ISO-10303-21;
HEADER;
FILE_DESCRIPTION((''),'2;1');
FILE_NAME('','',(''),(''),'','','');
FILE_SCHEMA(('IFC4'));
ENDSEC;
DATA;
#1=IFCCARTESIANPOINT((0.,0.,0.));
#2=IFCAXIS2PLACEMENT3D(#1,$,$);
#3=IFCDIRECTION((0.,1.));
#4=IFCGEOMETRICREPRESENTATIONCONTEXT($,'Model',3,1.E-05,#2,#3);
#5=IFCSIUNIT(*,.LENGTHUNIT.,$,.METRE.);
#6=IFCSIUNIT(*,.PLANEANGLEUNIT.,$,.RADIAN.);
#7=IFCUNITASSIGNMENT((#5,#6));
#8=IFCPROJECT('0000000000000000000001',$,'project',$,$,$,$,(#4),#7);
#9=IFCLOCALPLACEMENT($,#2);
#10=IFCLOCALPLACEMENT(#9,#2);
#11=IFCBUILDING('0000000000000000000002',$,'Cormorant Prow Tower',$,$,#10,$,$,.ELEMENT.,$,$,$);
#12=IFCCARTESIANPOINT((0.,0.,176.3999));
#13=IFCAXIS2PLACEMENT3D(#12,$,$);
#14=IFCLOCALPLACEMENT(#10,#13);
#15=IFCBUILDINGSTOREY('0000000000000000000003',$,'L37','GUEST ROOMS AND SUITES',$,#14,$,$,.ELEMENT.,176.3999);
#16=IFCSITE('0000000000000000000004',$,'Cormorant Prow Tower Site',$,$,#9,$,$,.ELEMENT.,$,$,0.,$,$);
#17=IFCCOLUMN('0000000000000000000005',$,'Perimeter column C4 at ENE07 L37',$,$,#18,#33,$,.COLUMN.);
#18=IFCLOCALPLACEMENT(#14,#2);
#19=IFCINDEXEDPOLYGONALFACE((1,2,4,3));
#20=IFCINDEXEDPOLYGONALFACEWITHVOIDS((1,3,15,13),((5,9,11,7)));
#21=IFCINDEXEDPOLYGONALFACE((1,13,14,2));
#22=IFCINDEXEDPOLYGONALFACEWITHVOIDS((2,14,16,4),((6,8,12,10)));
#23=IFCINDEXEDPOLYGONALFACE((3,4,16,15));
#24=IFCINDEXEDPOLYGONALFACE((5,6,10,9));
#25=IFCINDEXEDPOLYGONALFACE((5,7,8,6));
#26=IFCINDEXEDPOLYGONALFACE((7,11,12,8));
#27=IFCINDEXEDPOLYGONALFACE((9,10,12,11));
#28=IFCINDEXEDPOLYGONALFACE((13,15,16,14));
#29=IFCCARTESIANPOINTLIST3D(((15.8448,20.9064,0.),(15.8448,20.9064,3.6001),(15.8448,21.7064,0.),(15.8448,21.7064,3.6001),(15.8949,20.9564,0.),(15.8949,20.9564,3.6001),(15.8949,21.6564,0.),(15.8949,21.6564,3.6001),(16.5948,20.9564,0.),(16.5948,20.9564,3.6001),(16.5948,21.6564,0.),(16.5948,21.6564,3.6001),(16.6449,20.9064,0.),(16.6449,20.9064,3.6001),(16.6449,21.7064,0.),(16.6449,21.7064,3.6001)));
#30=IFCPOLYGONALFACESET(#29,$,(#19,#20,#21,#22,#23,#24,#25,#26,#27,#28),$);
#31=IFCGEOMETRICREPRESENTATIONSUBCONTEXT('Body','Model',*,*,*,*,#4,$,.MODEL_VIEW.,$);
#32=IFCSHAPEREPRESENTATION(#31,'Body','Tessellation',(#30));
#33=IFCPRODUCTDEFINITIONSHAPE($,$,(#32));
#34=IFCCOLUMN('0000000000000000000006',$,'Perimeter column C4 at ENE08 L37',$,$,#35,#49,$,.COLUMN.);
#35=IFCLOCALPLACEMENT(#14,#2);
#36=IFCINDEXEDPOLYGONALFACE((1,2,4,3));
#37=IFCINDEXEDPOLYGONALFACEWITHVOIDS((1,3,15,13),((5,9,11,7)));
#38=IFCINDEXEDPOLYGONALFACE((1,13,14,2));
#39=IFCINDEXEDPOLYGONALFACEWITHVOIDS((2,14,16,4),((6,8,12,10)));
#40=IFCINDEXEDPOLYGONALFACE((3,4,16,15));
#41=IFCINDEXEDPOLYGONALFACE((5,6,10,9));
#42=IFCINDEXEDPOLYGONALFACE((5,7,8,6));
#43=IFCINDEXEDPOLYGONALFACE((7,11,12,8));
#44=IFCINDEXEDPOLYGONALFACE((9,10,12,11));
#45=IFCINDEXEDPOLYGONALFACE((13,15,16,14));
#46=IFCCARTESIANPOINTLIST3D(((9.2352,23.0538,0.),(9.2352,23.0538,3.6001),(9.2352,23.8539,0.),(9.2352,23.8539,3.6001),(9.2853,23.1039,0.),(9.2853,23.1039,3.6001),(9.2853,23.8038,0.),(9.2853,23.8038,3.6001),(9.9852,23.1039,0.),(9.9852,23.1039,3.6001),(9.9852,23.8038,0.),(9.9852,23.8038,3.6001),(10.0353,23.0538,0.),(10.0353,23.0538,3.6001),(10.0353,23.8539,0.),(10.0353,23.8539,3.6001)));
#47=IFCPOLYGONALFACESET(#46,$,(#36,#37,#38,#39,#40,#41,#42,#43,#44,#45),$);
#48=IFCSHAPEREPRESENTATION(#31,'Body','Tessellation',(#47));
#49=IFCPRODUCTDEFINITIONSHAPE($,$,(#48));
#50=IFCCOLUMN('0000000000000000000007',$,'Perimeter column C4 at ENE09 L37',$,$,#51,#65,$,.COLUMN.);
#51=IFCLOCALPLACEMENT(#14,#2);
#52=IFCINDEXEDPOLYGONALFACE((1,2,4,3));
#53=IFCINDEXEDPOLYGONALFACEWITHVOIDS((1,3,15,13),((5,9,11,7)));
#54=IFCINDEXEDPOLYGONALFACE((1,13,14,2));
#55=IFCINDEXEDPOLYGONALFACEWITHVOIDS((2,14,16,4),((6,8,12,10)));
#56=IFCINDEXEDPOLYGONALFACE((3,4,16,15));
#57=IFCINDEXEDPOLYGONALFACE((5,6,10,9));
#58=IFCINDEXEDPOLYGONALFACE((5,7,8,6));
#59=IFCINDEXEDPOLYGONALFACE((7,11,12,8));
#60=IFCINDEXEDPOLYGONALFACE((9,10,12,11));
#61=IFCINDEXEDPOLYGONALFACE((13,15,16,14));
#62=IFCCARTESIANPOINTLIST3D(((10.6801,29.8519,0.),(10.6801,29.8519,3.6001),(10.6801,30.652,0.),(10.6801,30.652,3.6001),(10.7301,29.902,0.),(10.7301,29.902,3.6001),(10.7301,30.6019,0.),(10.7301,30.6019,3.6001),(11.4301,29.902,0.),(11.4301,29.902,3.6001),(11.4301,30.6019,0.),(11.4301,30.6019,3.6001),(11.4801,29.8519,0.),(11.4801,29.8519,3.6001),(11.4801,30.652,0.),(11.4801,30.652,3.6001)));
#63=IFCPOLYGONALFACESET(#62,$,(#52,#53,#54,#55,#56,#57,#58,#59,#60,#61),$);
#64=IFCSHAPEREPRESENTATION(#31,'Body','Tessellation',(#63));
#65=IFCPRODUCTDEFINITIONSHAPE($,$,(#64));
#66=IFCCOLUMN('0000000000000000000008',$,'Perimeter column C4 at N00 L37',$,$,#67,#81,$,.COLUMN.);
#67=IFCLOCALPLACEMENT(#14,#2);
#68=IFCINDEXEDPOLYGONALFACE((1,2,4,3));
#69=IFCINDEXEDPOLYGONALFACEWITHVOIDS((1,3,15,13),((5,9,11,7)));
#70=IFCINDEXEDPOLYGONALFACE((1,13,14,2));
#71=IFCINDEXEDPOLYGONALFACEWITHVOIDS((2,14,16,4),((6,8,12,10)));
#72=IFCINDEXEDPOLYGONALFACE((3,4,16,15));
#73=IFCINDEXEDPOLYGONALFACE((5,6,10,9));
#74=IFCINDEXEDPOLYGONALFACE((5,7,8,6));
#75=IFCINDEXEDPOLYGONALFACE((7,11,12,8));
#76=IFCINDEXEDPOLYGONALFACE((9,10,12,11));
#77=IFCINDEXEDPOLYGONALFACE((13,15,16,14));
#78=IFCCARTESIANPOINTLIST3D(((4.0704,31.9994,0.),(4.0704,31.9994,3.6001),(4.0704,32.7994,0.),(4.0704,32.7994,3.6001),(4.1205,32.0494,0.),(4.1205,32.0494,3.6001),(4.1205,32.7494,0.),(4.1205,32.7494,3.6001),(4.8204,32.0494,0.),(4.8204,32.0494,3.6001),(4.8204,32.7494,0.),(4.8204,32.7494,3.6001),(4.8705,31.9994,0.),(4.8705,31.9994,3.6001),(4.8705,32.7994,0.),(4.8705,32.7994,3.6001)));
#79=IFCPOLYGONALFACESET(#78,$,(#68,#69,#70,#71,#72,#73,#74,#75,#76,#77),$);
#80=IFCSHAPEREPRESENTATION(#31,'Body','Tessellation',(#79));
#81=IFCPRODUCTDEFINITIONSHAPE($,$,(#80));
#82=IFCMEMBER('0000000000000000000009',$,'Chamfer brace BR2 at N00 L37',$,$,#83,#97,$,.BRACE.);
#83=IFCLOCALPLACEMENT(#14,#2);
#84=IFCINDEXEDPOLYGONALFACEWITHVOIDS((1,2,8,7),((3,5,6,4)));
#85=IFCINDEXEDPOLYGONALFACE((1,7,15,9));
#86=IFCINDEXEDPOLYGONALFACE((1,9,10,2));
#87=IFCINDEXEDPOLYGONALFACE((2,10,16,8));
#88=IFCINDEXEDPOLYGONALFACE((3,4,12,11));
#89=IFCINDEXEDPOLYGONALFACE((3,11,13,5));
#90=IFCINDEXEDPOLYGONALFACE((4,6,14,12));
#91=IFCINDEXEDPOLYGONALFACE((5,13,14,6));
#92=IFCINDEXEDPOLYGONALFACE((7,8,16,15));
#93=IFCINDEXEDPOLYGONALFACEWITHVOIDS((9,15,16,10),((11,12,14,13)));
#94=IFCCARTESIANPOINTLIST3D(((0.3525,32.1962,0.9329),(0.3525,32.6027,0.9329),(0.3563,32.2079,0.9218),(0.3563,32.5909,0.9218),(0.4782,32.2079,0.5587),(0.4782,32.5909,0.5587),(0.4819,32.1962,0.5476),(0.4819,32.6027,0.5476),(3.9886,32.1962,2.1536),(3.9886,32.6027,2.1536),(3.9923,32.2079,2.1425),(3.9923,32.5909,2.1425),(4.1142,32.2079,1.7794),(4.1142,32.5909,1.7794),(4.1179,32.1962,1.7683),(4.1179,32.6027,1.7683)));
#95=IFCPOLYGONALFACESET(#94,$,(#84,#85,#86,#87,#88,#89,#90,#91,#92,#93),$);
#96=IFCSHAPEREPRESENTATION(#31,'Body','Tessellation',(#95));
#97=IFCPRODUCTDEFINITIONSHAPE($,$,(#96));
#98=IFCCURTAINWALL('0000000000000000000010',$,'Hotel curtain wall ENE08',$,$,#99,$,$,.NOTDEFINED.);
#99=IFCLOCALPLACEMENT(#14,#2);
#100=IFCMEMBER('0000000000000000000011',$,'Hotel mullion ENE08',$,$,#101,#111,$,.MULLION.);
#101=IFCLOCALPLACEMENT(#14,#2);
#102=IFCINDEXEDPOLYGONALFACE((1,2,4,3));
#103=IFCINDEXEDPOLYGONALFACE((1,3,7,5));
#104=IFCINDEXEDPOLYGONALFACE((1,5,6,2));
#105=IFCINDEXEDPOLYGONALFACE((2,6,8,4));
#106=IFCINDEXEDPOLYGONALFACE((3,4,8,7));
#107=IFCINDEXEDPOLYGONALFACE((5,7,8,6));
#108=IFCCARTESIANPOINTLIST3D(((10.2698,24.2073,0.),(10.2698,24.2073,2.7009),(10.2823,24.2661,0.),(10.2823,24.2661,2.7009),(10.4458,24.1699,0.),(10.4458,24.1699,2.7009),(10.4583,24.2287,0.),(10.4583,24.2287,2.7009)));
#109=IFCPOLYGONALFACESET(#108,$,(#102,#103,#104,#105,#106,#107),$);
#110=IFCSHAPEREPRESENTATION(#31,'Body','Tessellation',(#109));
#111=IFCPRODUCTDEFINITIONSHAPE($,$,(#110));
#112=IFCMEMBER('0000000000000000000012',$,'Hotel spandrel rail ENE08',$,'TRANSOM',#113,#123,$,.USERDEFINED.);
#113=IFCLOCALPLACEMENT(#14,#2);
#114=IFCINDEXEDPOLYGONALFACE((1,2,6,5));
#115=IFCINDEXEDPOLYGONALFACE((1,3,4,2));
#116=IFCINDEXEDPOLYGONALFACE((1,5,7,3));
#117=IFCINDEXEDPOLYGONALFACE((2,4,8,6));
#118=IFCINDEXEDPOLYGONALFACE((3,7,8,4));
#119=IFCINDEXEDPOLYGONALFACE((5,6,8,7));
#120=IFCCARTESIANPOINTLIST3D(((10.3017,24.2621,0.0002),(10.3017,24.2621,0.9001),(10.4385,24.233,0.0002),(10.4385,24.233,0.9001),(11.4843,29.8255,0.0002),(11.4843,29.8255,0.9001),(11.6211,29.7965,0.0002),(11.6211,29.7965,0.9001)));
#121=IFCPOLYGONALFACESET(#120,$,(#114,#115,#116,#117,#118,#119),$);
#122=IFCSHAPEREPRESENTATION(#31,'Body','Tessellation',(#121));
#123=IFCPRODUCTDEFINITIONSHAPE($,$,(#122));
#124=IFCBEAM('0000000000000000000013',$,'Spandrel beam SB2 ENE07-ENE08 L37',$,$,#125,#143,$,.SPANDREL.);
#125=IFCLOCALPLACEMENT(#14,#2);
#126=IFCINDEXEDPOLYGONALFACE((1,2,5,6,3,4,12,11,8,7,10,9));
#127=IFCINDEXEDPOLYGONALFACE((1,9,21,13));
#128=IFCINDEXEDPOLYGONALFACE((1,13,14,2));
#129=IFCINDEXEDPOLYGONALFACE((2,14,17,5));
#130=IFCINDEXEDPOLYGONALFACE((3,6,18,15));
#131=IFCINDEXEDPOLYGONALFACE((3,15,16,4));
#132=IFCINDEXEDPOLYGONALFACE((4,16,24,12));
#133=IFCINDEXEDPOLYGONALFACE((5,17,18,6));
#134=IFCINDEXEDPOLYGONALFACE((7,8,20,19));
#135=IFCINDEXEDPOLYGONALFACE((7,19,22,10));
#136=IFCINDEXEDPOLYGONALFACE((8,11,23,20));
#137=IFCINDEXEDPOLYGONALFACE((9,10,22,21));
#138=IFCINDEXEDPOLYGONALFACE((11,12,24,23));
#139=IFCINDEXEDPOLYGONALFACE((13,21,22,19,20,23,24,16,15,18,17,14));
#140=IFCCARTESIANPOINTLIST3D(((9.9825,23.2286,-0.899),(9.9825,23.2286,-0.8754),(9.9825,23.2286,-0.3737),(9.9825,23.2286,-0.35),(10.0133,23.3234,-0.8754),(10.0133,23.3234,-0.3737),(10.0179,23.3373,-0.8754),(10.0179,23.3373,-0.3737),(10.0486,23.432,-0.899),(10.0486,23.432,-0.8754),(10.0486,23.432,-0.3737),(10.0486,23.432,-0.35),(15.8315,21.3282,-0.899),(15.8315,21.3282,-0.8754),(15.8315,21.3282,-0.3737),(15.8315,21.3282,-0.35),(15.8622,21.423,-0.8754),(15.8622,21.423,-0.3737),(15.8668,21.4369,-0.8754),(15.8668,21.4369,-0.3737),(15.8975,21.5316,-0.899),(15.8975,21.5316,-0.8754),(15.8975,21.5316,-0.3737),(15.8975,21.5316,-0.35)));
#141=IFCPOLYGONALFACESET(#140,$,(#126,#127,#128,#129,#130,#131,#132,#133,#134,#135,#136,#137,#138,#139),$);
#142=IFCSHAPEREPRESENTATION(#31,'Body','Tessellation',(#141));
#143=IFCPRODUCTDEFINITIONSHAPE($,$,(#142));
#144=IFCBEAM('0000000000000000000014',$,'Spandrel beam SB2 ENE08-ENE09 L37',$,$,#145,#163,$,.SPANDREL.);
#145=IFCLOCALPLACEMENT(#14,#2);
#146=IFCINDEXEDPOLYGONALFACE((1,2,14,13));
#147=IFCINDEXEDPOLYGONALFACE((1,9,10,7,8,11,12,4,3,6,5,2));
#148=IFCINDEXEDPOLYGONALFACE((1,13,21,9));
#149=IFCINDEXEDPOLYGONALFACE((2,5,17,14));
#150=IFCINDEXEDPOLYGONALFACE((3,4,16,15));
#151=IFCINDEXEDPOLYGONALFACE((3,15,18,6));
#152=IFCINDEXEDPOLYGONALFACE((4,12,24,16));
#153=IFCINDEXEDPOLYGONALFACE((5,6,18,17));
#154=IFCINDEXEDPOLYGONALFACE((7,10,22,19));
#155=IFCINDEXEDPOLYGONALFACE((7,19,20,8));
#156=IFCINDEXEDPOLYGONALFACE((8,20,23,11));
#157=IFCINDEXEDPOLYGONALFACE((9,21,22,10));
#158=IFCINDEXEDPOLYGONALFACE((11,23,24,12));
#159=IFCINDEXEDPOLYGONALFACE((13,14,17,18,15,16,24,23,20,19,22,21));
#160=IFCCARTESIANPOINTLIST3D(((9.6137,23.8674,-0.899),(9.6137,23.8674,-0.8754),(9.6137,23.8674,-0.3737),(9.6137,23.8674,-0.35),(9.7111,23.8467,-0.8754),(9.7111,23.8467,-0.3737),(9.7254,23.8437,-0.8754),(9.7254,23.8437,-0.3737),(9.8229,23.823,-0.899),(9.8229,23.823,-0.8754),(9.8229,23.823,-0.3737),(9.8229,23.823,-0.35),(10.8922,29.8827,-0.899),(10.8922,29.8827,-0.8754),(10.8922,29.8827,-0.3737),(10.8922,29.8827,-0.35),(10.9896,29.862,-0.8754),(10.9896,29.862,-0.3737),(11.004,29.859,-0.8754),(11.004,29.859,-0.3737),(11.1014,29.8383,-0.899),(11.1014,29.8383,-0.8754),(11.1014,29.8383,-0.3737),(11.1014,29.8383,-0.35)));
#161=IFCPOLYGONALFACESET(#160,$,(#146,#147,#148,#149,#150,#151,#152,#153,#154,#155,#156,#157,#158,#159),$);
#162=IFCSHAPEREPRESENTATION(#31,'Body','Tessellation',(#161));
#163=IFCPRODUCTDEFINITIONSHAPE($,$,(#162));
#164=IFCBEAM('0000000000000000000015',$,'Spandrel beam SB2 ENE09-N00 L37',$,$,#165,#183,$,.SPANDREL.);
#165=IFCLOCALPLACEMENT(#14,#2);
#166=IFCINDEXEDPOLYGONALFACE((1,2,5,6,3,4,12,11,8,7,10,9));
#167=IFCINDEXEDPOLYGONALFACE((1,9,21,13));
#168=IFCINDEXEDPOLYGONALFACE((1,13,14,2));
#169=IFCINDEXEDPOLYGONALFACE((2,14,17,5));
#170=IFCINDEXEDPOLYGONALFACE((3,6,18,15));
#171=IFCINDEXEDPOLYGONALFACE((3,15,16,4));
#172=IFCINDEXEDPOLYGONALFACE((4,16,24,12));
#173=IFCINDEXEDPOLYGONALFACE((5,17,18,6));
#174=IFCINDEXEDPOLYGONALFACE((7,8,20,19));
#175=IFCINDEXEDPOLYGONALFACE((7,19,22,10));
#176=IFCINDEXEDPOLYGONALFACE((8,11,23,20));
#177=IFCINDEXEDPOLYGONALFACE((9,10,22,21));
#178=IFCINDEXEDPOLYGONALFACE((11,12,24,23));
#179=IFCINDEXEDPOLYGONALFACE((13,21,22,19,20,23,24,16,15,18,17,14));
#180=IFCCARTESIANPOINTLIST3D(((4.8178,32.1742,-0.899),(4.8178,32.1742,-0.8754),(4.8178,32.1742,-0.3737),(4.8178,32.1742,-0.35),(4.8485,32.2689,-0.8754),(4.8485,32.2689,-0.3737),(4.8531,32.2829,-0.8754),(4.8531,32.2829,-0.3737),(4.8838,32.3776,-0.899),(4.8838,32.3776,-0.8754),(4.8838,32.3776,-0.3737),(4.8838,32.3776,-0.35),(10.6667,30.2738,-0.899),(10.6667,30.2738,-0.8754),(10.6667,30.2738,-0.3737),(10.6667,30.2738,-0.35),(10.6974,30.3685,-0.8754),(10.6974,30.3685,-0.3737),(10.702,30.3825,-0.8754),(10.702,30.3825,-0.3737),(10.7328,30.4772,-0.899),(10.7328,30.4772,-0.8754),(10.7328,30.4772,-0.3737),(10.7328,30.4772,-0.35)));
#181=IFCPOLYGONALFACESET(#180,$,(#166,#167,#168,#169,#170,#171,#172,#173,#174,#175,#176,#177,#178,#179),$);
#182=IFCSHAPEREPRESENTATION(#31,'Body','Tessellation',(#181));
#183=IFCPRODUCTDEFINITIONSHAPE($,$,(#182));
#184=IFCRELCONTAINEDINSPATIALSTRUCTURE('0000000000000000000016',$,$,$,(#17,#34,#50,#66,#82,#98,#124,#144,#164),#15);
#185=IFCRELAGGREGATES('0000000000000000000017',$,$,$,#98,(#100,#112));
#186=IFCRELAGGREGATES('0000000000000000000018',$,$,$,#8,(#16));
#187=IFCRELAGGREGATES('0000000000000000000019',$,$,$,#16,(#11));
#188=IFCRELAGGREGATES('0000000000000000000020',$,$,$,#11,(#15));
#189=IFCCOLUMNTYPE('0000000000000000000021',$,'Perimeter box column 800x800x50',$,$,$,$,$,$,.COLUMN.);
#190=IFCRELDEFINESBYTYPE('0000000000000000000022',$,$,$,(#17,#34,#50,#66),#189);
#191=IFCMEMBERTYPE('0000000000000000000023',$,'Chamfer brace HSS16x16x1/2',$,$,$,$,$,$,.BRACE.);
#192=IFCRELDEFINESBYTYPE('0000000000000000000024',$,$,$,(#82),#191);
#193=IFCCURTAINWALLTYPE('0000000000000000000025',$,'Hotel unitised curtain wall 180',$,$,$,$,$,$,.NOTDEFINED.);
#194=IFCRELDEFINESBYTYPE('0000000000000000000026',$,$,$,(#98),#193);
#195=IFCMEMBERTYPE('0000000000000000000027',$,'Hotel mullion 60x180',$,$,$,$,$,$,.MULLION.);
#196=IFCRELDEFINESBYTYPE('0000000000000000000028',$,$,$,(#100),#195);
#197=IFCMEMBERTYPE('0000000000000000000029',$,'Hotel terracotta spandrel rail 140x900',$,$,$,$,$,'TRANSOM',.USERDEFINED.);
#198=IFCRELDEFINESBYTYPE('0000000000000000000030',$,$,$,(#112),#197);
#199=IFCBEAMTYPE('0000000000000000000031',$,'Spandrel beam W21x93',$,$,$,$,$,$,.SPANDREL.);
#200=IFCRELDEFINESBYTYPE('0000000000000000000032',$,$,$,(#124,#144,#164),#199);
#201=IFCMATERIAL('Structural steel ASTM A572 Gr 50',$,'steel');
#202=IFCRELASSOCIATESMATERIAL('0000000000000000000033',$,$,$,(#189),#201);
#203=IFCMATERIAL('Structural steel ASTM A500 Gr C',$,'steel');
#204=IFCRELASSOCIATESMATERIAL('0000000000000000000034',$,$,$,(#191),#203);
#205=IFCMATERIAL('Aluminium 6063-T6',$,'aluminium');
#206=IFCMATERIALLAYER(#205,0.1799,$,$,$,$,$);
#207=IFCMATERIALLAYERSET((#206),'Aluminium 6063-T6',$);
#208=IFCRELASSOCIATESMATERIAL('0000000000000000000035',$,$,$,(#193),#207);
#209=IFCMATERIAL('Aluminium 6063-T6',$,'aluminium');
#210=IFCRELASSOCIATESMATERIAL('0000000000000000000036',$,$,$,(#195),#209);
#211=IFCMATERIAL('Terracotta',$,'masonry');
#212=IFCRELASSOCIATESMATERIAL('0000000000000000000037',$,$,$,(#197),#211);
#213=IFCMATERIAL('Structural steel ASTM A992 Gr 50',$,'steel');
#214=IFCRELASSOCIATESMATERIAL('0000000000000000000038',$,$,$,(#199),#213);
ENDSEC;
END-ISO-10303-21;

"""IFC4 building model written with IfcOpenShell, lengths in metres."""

from ifc_helpers import new_model, si_unit, direction, frame, origin, origin_2d, place, context, subcontext, project, spatial, rectangle, hollow_rectangle, i_section, extrude, material, layer, layer_set, material_profile, profile_set, type_object, element, aggregate, save


model = new_model("IFC4")

# Units and contexts
model_context = context("Model", 3, precision=1e-05, world=origin(), true_north=direction((0.0, 1.0)))
body_context = subcontext(model_context, "Body", "Model", "MODEL_VIEW")
ifc_project = project(units=[si_unit("LENGTHUNIT", "METRE"), si_unit("PLANEANGLEUNIT", "RADIAN")], contexts=[model_context])

# Site, building, storey
site_placement = place(None, origin())
site = spatial("IfcSite", under=ifc_project, at=site_placement, Name="Cormorant Prow Tower Site", CompositionType="ELEMENT", RefElevation=0.0)
building_placement = place(site_placement, origin())
building = spatial("IfcBuilding", under=site, at=building_placement, Name="Cormorant Prow Tower", CompositionType="ELEMENT")
storey_placement = place(building_placement, frame((0.0, 0.0, 176.3999)))
storey = spatial("IfcBuildingStorey", under=building, at=storey_placement, Name="L37", Description="GUEST ROOMS AND SUITES", CompositionType="ELEMENT", Elevation=176.3999)

# Columns
ifc_material_1 = material(Name="Structural steel ASTM A572 Gr 50", Category="steel")
ifc_material_profile_1 = material_profile(ifc_material_1, hollow_rectangle(XDim=0.8, YDim=0.8, WallThickness=0.05, at=origin_2d()), Name="Box 800x800x50")
ifc_profile_set_1 = profile_set([ifc_material_profile_1], Name="Structural steel ASTM A572 Gr 50")
column_type = type_object("IfcColumnType", Name="Perimeter box column 800x800x50", PredefinedType="COLUMN", material=ifc_profile_set_1)
for number, where, z_axis, x_axis, name in (
    (1, (16.2449, 21.3064, 0.0), (0.0, 0.0, 1.0), (1.0, 0.0, 0.0), "Perimeter column C4 at ENE07 L37"),
    (2, (9.6353, 23.4539, 0.0), (0.0, 0.0, 1.0), (1.0, 0.0, 0.0), "Perimeter column C4 at ENE08 L37"),
    (3, (11.0801, 30.252, 0.0), (0.0, 0.0, 1.0), (1.0, 0.0, 0.0), "Perimeter column C4 at ENE09 L37"),
    (4, (4.4705, 32.3994, 0.0), (0.0, 0.0, 1.0), (1.0, 0.0, 0.0), "Perimeter column C4 at N00 L37"),
):
    element("IfcColumn", number, at=place(storey_placement, frame(where, z_axis=z_axis, x_axis=x_axis)), inside=storey, type_object=column_type, Name=name, PredefinedType="COLUMN", context=body_context, shape_type="SweptSolid", body=[
        extrude(hollow_rectangle(XDim=0.8, YDim=0.8, WallThickness=0.05, at=origin_2d()), origin(), (0.0, 0.0, 1.0), 3.6001),
    ])

# Member
ifc_material_2 = material(Name="Structural steel ASTM A500 Gr C", Category="steel")
ifc_material_profile_2 = material_profile(ifc_material_2, hollow_rectangle(XDim=0.4065, YDim=0.4065, WallThickness=0.0117, at=origin_2d()), Name="HSS16x16x1/2")
ifc_profile_set_2 = profile_set([ifc_material_profile_2], Name="Structural steel ASTM A500 Gr C")
member_type_1 = type_object("IfcMemberType", Name="Chamfer brace HSS16x16x1/2", PredefinedType="BRACE", material=ifc_profile_set_2)
member_1_placement = place(storey_placement, frame((0.4172, 32.3994, 0.7402), z_axis=(0.948, 0.0, 0.31827), x_axis=(0.0, 1.0, 0.0)))
element("IfcMember", 5, at=member_1_placement, inside=storey, type_object=member_type_1, Name="Chamfer brace BR2 at N00 L37", PredefinedType="BRACE", context=body_context, shape_type="SweptSolid", body=[
    extrude(hollow_rectangle(XDim=0.4065, YDim=0.4065, WallThickness=0.0117, at=origin_2d()), origin(), (0.0, 0.0, 1.0), 3.8354),
])

# Curtain wall, members
ifc_material_3 = material(Name="Aluminium 6063-T6", Category="aluminium")
ifc_layer_1 = layer(ifc_material_3, 0.1799)
ifc_layer_set_1 = layer_set([ifc_layer_1], Name="Aluminium 6063-T6")
curtain_wall_type = type_object("IfcCurtainWallType", Name="Hotel unitised curtain wall 180", PredefinedType="NOTDEFINED", material=ifc_layer_set_1)
curtain_wall_1_placement = place(storey_placement, origin())
curtain_wall_1 = element("IfcCurtainWall", 6, at=curtain_wall_1_placement, inside=storey, type_object=curtain_wall_type, Name="Hotel curtain wall ENE08", PredefinedType="NOTDEFINED")
ifc_material_4 = material(Name="Aluminium 6063-T6", Category="aluminium")
ifc_material_profile_3 = material_profile(ifc_material_4, rectangle(XDim=0.1799, YDim=0.0601, at=origin_2d()), Name="Hotel mullion 60x180")
ifc_profile_set_3 = profile_set([ifc_material_profile_3], Name="Aluminium 6063-T6")
member_type_2 = type_object("IfcMemberType", Name="Hotel mullion 60x180", PredefinedType="MULLION", material=ifc_profile_set_3)
member_2_placement = place(storey_placement, frame((10.364, 24.218, 0.0), z_axis=(0.0, 0.0, 1.0), x_axis=(-0.978148, 0.207912, 0.0)))
member_2 = element("IfcMember", 7, at=member_2_placement, type_object=member_type_2, Name="Hotel mullion ENE08", PredefinedType="MULLION", context=body_context, shape_type="SweptSolid", body=[
    extrude(rectangle(XDim=0.1799, YDim=0.0601, at=origin_2d()), origin(), (0.0, 0.0, 1.0), 2.7009),
])
ifc_material_5 = material(Name="Terracotta", Category="masonry")
ifc_material_profile_4 = material_profile(ifc_material_5, rectangle(XDim=0.1399, YDim=0.8999, at=origin_2d()), Name="Hotel terracotta spandrel rail 140x900")
ifc_profile_set_4 = profile_set([ifc_material_profile_4], Name="Terracotta")
member_type_3 = type_object("IfcMemberType", Name="Hotel terracotta spandrel rail 140x900", ElementType="TRANSOM", PredefinedType="USERDEFINED", material=ifc_profile_set_4)
member_3_placement = place(storey_placement, frame((10.3701, 24.2476, 0.4502), z_axis=(0.207922, 0.978145, 0.0), x_axis=(-0.978145, 0.207922, 0.0)))
member_3 = element("IfcMember", 8, at=member_3_placement, type_object=member_type_3, Name="Hotel spandrel rail ENE08", ObjectType="TRANSOM", PredefinedType="USERDEFINED", context=body_context, shape_type="SweptSolid", body=[
    extrude(rectangle(XDim=0.1399, YDim=0.8999, at=origin_2d()), origin(), (0.0, 0.0, 1.0), 5.6877),
])

# Beams
ifc_material_6 = material(Name="Structural steel ASTM A992 Gr 50", Category="steel")
ifc_material_profile_5 = material_profile(ifc_material_6, i_section(OverallWidth=0.2139, OverallDepth=0.5491, WebThickness=0.0146, FlangeThickness=0.0237, at=origin_2d()), Name="W21x93")
ifc_profile_set_5 = profile_set([ifc_material_profile_5], Name="Structural steel ASTM A992 Gr 50")
beam_type = type_object("IfcBeamType", Name="Spandrel beam W21x93", PredefinedType="SPANDREL", material=ifc_profile_set_5)
beam_1_placement = place(storey_placement, frame((15.8645, 21.4299, -0.6245), z_axis=(-0.951058, 0.309013, 0.0), x_axis=(-0.309013, -0.951058, 0.0)))
element("IfcBeam", 9, at=beam_1_placement, inside=storey, type_object=beam_type, Name="Spandrel beam SB2 ENE07-ENE08 L37", PredefinedType="SPANDREL", context=body_context, shape_type="SweptSolid", body=[
    extrude(i_section(OverallWidth=0.2139, OverallDepth=0.5491, WebThickness=0.0146, FlangeThickness=0.0237, at=origin_2d()), origin(), (0.0, 0.0, 1.0), 6.1499),
])
beam_2_placement = place(storey_placement, frame((9.7183, 23.8452, -0.6245), z_axis=(0.207905, 0.978149, 0.0), x_axis=(-0.978149, 0.207905, 0.0)))
element("IfcBeam", 10, at=beam_2_placement, inside=storey, type_object=beam_type, Name="Spandrel beam SB2 ENE08-ENE09 L37", PredefinedType="SPANDREL", context=body_context, shape_type="SweptSolid", body=[
    extrude(i_section(OverallWidth=0.2139, OverallDepth=0.5491, WebThickness=0.0146, FlangeThickness=0.0237, at=origin_2d()), origin(), (0.0, 0.0, 1.0), 6.1497),
])
beam_3_placement = place(storey_placement, frame((10.6997, 30.3755, -0.6245), z_axis=(-0.951058, 0.309013, 0.0), x_axis=(-0.309013, -0.951058, 0.0)))
element("IfcBeam", 11, at=beam_3_placement, inside=storey, type_object=beam_type, Name="Spandrel beam SB2 ENE09-N00 L37", PredefinedType="SPANDREL", context=body_context, shape_type="SweptSolid", body=[
    extrude(i_section(OverallWidth=0.2139, OverallDepth=0.5491, WebThickness=0.0146, FlangeThickness=0.0237, at=origin_2d()), origin(), (0.0, 0.0, 1.0), 6.1499),
])

aggregate(curtain_wall_1, [member_2, member_3])

save(model, "model.ifc")
